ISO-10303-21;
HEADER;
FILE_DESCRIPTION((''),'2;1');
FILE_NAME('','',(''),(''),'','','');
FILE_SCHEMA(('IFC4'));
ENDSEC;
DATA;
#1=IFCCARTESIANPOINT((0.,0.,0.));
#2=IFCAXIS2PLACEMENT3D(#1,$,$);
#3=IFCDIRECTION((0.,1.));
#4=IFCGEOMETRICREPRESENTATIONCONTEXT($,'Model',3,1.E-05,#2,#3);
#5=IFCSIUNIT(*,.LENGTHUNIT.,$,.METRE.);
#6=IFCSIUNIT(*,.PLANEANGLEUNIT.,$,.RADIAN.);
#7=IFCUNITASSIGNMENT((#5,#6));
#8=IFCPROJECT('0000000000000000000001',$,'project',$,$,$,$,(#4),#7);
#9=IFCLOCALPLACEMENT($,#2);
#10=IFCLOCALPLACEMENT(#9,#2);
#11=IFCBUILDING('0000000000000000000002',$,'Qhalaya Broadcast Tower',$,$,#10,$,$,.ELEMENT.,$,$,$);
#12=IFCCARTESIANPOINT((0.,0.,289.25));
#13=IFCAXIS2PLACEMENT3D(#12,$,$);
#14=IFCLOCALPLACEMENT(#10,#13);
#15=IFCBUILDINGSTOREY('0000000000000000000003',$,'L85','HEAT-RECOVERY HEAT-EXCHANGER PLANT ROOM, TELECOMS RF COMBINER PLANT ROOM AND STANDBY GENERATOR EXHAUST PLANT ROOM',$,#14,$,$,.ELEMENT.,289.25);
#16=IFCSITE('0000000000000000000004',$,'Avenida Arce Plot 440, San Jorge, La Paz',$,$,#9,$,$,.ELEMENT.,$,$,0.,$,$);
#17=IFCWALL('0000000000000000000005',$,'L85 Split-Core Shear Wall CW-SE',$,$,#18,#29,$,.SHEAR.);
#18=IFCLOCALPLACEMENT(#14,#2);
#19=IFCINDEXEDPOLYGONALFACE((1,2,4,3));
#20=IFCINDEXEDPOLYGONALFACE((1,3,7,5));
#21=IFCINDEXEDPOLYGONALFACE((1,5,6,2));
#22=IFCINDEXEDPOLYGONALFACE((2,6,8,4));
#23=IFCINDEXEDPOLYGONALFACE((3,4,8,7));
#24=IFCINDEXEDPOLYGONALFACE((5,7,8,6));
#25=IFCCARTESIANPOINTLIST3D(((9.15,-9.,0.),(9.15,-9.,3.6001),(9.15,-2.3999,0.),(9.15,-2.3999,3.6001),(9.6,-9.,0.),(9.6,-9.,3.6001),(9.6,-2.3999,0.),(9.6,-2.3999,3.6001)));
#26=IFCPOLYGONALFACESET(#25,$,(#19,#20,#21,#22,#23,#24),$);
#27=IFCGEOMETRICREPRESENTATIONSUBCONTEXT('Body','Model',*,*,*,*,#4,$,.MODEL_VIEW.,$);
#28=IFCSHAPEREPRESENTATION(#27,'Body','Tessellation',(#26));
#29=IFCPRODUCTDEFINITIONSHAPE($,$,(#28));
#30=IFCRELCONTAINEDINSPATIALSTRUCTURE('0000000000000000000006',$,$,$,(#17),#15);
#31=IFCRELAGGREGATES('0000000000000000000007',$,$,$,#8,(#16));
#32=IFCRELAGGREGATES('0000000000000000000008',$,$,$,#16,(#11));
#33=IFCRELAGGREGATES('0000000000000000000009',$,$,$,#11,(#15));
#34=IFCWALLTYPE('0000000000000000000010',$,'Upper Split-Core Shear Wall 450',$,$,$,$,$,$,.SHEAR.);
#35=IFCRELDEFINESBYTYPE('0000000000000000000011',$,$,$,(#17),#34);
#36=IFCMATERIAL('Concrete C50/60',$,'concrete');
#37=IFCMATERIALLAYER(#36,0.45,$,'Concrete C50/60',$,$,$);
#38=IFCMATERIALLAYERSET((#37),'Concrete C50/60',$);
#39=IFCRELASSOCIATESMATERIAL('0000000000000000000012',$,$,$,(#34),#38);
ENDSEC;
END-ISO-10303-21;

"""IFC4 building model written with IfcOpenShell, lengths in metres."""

from ifc_helpers import new_model, si_unit, direction, frame, frame_2d, origin, place, context, subcontext, project, spatial, rectangle, extrude, material, layer, layer_set, type_object, element, save


model = new_model("IFC4")

# Units and contexts
model_context = context("Model", 3, precision=1e-05, world=origin(), true_north=direction((0.0, 1.0)))
body_context = subcontext(model_context, "Body", "Model", "MODEL_VIEW")
ifc_project = project(units=[si_unit("LENGTHUNIT", "METRE"), si_unit("PLANEANGLEUNIT", "RADIAN")], contexts=[model_context])

# Site, building, storey
site_placement = place(None, origin())
site = spatial("IfcSite", under=ifc_project, at=site_placement, Name="Avenida Arce Plot 440, San Jorge, La Paz", CompositionType="ELEMENT", RefElevation=0.0)
building_placement = place(site_placement, origin())
building = spatial("IfcBuilding", under=site, at=building_placement, Name="Qhalaya Broadcast Tower", CompositionType="ELEMENT")
storey_placement = place(building_placement, frame((0.0, 0.0, 289.25)))
storey = spatial("IfcBuildingStorey", under=building, at=storey_placement, Name="L85", Description="HEAT-RECOVERY HEAT-EXCHANGER PLANT ROOM, TELECOMS RF COMBINER PLANT ROOM AND STANDBY GENERATOR EXHAUST PLANT ROOM", CompositionType="ELEMENT", Elevation=289.25)

# Shared definitions
ifc_material_1 = material(Name="Concrete C50/60", Category="concrete")

# Wall
ifc_layer_1 = layer(ifc_material_1, 0.45, Name="Concrete C50/60")
ifc_layer_set_1 = layer_set([ifc_layer_1], Name="Concrete C50/60")
wall_type_1 = type_object("IfcWallType", Name="Upper Split-Core Shear Wall 450", PredefinedType="SHEAR", material=ifc_layer_set_1)
wall_1_placement = place(storey_placement, frame((9.375, -9.0, 0.0), z_axis=(0.0, 0.0, 1.0), x_axis=(0.0, 1.0, 0.0)))
element("IfcWall", 1, at=wall_1_placement, inside=storey, type_object=wall_type_1, Name="L85 Split-Core Shear Wall CW-SE", PredefinedType="SHEAR", context=body_context, shape_type="SweptSolid", body=[
    extrude(rectangle(XDim=6.6001, YDim=0.45, at=frame_2d((3.3, 0.0))), origin(), (0.0, 0.0, 1.0), 3.6001),
])

save(model, "model.ifc")
